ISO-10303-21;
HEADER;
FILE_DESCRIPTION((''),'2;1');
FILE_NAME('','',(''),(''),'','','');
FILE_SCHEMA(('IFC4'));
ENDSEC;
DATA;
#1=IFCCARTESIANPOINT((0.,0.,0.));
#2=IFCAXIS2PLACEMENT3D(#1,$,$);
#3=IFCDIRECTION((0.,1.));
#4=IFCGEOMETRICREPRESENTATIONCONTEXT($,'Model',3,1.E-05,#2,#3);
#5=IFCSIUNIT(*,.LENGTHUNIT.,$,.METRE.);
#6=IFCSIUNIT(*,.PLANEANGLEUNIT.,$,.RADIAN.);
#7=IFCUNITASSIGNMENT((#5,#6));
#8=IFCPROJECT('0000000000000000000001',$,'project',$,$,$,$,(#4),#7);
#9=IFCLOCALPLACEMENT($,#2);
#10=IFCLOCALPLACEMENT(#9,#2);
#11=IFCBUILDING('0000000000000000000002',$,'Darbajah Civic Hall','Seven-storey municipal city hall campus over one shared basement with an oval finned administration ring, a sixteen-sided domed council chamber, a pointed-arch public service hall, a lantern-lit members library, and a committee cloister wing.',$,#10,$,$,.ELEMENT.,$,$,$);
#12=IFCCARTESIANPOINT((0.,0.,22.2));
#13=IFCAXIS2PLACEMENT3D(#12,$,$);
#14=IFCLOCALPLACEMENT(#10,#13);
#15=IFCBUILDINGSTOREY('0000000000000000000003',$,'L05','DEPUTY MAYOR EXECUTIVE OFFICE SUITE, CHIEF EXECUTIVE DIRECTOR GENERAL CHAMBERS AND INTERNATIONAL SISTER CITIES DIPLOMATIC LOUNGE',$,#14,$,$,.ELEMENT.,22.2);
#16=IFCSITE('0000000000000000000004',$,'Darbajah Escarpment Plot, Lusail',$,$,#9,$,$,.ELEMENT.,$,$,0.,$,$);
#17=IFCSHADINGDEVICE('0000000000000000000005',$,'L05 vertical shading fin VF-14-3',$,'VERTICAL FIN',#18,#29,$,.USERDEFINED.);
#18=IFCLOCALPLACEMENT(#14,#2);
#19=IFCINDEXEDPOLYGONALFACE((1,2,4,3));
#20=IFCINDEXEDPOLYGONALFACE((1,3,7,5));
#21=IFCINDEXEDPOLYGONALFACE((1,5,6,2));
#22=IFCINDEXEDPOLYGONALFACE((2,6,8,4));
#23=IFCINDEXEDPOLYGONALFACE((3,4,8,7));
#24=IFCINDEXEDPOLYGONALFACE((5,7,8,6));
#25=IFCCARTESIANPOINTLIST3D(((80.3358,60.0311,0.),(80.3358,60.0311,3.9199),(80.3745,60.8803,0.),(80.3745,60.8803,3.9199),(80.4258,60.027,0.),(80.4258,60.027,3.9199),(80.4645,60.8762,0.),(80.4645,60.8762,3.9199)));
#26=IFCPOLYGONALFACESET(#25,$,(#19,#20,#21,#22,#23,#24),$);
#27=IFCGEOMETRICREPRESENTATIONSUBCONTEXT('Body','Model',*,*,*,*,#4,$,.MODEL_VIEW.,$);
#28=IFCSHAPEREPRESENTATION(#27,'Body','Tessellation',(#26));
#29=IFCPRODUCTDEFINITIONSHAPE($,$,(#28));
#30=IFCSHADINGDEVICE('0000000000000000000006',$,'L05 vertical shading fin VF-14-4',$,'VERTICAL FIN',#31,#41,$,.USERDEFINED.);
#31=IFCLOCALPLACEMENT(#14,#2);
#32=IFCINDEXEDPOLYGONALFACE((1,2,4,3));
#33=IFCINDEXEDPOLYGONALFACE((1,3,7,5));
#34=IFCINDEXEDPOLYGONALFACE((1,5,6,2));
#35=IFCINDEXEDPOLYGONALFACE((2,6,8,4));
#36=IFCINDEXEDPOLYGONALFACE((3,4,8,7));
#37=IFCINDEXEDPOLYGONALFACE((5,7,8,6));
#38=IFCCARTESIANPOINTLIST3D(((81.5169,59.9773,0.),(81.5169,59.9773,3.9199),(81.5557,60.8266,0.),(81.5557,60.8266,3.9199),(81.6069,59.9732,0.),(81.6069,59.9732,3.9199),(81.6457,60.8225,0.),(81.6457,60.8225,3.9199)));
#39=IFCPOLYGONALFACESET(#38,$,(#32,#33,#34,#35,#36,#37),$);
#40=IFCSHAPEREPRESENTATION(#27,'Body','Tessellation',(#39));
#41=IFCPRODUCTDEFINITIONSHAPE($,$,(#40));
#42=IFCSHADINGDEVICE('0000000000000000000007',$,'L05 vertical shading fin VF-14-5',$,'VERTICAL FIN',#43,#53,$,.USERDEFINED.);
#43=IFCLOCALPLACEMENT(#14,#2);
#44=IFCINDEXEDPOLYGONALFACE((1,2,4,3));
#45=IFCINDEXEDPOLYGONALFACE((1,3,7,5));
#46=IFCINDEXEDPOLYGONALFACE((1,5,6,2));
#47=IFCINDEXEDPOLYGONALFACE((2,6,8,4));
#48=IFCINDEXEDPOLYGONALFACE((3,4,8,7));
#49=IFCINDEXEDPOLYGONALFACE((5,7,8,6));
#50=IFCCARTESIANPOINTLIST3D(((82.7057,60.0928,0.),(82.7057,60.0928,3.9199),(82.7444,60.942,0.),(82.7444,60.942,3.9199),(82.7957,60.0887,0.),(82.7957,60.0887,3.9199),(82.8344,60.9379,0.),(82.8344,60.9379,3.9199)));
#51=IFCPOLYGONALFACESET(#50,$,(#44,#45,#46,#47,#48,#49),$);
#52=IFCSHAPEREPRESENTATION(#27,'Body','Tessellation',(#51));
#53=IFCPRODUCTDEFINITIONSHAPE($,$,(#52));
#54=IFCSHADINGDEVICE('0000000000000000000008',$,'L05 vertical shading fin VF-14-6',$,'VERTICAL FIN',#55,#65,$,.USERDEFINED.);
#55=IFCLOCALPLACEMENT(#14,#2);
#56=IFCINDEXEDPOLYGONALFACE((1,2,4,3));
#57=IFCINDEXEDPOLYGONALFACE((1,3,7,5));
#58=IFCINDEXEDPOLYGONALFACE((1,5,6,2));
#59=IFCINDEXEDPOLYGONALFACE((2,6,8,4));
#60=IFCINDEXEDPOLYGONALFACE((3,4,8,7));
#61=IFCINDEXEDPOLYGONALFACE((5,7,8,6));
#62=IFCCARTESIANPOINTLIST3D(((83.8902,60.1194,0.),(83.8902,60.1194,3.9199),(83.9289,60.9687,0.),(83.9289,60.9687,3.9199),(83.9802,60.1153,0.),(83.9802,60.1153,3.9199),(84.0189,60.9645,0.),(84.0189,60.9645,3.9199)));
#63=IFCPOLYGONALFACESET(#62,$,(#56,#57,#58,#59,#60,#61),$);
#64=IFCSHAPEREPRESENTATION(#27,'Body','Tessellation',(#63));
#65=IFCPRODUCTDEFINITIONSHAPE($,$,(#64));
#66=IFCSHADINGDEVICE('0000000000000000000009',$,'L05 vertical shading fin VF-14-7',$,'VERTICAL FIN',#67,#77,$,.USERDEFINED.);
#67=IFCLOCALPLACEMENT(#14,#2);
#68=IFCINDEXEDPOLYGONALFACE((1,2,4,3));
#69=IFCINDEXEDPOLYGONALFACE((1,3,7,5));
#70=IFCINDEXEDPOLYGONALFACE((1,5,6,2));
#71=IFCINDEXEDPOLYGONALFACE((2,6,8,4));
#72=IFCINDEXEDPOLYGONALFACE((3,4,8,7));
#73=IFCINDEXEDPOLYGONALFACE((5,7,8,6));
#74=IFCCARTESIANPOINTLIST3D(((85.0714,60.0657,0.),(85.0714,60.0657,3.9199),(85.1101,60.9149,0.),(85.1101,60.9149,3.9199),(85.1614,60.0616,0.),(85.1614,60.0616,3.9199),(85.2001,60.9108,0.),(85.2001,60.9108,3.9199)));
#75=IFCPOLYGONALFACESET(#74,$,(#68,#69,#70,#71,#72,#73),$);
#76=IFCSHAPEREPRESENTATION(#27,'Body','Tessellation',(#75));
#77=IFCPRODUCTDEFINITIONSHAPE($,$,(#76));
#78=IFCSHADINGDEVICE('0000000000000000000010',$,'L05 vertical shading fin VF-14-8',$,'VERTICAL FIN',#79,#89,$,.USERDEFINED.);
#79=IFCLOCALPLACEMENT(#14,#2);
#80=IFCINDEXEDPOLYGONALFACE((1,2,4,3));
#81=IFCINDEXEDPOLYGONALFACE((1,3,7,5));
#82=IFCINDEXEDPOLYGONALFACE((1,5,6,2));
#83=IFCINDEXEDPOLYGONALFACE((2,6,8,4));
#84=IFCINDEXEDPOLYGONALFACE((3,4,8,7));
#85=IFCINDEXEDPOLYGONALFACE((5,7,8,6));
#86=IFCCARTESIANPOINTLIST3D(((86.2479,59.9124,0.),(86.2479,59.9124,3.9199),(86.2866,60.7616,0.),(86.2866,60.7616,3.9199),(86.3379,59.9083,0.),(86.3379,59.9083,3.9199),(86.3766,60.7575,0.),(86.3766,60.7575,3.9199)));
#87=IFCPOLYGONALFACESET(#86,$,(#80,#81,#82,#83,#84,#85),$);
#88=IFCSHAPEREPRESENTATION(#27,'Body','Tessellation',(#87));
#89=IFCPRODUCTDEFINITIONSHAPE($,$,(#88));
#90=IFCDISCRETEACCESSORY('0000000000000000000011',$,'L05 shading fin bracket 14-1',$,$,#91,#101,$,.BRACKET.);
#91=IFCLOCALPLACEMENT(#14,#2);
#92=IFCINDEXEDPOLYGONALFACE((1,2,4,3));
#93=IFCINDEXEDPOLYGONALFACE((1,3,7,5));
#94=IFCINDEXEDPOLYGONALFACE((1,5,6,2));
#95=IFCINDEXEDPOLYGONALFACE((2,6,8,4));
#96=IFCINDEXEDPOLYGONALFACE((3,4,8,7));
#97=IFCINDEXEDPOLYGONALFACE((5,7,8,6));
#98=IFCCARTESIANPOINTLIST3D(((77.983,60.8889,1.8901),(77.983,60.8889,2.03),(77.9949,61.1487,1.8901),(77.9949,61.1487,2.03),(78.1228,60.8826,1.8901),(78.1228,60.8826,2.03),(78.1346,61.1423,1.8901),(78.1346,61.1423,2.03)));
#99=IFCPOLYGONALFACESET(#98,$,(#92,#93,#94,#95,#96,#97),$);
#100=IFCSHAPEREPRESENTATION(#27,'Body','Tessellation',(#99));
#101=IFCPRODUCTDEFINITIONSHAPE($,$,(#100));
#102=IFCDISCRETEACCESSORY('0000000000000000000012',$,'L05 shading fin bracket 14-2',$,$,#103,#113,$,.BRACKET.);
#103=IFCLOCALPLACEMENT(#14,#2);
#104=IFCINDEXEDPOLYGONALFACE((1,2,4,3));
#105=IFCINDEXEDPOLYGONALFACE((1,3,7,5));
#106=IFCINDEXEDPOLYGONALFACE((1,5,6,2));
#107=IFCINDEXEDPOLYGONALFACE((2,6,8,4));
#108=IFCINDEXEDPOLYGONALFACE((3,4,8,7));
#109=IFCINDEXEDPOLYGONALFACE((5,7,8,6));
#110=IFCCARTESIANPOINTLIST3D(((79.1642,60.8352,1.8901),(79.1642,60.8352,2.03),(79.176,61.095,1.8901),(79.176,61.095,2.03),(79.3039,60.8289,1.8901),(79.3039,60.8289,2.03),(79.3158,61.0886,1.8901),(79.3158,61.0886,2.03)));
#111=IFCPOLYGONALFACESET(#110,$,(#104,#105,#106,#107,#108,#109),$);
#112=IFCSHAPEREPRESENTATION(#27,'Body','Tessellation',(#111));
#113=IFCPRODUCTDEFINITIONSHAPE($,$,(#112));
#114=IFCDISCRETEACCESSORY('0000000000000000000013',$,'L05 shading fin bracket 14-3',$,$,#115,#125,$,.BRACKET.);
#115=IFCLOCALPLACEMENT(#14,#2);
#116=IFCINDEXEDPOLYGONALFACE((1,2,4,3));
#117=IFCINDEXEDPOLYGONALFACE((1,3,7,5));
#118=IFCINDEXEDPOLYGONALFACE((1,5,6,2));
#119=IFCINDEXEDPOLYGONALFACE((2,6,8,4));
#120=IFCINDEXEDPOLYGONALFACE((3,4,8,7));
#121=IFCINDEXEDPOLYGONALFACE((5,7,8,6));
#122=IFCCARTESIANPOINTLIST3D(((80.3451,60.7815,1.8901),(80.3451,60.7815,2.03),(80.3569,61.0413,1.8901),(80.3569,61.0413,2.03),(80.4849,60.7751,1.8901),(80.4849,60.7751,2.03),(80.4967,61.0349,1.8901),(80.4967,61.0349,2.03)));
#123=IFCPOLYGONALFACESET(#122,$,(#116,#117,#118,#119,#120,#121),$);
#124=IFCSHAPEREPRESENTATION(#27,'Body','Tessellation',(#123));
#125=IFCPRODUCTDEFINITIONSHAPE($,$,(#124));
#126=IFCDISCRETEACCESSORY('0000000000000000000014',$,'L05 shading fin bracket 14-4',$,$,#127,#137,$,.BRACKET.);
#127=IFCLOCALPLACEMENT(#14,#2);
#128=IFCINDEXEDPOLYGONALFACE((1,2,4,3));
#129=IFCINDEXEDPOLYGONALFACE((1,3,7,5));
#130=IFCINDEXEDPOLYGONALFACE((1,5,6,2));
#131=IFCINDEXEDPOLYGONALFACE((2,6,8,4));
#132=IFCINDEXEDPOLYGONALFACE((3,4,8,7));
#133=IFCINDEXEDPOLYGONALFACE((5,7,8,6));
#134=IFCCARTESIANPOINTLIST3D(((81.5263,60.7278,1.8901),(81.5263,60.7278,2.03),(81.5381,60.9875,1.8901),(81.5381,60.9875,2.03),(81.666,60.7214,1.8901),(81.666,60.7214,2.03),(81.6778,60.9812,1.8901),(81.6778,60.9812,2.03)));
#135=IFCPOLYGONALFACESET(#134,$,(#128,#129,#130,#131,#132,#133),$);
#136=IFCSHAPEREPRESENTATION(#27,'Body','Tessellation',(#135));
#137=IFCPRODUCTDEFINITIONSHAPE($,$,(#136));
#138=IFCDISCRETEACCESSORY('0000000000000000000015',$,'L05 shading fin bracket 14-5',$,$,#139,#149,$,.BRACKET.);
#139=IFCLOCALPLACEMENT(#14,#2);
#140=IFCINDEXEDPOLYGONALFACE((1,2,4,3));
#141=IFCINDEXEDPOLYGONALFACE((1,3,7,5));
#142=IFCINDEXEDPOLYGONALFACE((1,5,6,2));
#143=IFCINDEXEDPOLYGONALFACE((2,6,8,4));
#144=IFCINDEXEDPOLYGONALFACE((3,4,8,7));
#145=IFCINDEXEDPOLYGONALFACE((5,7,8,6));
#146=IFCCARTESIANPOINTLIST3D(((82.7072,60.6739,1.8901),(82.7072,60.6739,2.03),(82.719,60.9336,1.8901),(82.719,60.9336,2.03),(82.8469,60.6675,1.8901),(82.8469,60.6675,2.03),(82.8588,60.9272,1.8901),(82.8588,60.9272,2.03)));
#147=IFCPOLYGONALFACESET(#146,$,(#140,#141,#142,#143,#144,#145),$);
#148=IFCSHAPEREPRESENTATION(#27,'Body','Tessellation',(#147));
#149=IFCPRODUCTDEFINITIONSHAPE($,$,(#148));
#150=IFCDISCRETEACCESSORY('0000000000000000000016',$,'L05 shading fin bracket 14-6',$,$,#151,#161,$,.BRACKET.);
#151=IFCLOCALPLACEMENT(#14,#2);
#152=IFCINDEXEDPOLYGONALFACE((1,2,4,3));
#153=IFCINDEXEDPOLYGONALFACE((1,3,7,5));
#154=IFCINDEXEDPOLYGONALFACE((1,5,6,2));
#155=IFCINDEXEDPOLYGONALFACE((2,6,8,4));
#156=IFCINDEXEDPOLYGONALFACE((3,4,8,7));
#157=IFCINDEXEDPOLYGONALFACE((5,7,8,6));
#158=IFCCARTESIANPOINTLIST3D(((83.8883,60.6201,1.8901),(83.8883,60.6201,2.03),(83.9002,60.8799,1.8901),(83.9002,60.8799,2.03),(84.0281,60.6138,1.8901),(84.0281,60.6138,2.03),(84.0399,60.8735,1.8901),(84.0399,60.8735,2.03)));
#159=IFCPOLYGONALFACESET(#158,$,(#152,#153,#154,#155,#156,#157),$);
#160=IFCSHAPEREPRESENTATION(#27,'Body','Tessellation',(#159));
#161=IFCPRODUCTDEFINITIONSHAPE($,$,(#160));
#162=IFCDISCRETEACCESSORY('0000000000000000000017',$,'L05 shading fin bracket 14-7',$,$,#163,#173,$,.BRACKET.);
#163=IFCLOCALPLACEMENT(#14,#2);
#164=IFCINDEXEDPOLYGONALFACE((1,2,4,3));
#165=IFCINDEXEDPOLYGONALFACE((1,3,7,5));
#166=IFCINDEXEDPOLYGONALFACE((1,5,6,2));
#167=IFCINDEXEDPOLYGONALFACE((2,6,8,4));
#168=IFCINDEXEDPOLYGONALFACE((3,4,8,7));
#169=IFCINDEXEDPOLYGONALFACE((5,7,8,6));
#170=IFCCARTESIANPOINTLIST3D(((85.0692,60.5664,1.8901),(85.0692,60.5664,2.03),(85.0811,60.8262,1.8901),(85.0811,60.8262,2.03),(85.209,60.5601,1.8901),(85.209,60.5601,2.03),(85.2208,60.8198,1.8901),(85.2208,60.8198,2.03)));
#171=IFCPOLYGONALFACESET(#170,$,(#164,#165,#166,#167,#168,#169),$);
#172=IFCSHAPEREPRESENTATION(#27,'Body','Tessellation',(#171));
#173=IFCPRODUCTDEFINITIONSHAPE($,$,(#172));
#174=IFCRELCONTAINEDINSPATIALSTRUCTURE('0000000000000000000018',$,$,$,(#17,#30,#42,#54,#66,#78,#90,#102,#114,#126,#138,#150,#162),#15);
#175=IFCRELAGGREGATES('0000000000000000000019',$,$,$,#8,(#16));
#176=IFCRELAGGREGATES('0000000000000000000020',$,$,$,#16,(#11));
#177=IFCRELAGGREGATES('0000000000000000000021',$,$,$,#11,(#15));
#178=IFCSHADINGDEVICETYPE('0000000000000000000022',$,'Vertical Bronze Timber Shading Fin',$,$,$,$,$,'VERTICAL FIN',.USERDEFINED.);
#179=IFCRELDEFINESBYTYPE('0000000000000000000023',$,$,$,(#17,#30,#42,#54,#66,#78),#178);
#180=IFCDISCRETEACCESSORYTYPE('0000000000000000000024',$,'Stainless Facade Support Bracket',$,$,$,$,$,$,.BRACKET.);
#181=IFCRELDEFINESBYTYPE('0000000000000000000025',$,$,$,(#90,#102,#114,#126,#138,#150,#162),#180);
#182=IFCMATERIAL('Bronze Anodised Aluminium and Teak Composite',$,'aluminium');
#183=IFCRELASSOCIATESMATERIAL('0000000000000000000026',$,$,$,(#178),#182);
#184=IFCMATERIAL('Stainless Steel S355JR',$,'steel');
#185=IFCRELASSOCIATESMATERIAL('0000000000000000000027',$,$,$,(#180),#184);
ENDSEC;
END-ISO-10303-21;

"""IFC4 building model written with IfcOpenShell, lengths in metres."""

from ifc_helpers import new_model, si_unit, direction, frame, origin, origin_2d, place, context, subcontext, project, spatial, rectangle, extrude, material, type_object, element, save


model = new_model("IFC4")

# Units and contexts
model_context = context("Model", 3, precision=1e-05, world=origin(), true_north=direction((0.0, 1.0)))
body_context = subcontext(model_context, "Body", "Model", "MODEL_VIEW")
ifc_project = project(units=[si_unit("LENGTHUNIT", "METRE"), si_unit("PLANEANGLEUNIT", "RADIAN")], contexts=[model_context])

# Site, building, storey
site_placement = place(None, origin())
site = spatial("IfcSite", under=ifc_project, at=site_placement, Name="Darbajah Escarpment Plot, Lusail", CompositionType="ELEMENT", RefElevation=0.0)
building_placement = place(site_placement, origin())
building = spatial("IfcBuilding", under=site, at=building_placement, Name="Darbajah Civic Hall", Description="Seven-storey municipal city hall campus over one shared basement with an oval finned administration ring, a sixteen-sided domed council chamber, a pointed-arch public service hall, a lantern-lit members library, and a committee cloister wing.", CompositionType="ELEMENT")
storey_placement = place(building_placement, frame((0.0, 0.0, 22.2)))
storey = spatial("IfcBuildingStorey", under=building, at=storey_placement, Name="L05", Description="DEPUTY MAYOR EXECUTIVE OFFICE SUITE, CHIEF EXECUTIVE DIRECTOR GENERAL CHAMBERS AND INTERNATIONAL SISTER CITIES DIPLOMATIC LOUNGE", CompositionType="ELEMENT", Elevation=22.2)

# Shading devices
ifc_material_1 = material(Name="Bronze Anodised Aluminium and Teak Composite", Category="aluminium")
shading_device_type = type_object("IfcShadingDeviceType", Name="Vertical Bronze Timber Shading Fin", ElementType="VERTICAL FIN", PredefinedType="USERDEFINED", material=ifc_material_1)
for number, where, z_axis, x_axis, name in (
    (1, (80.4001, 60.4536, 0.0), (0.0, 0.0, 1.0), (-0.045537, -0.998963, 0.0), "L05 vertical shading fin VF-14-3"),
    (2, (81.5813, 60.3999, 0.0), (0.0, 0.0, 1.0), (-0.045537, -0.998963, 0.0), "L05 vertical shading fin VF-14-4"),
    (3, (82.77, 60.5154, 0.0), (0.0, 0.0, 1.0), (-0.045537, -0.998963, 0.0), "L05 vertical shading fin VF-14-5"),
    (4, (83.9546, 60.542, 0.0), (0.0, 0.0, 1.0), (-0.045537, -0.998963, 0.0), "L05 vertical shading fin VF-14-6"),
    (5, (85.1357, 60.4883, 0.0), (0.0, 0.0, 1.0), (-0.045537, -0.998963, 0.0), "L05 vertical shading fin VF-14-7"),
    (6, (86.3123, 60.335, 0.0), (0.0, 0.0, 1.0), (-0.045537, -0.998963, 0.0), "L05 vertical shading fin VF-14-8"),
):
    element("IfcShadingDevice", number, at=place(storey_placement, frame(where, z_axis=z_axis, x_axis=x_axis)), inside=storey, type_object=shading_device_type, Name=name, ObjectType="VERTICAL FIN", PredefinedType="USERDEFINED", context=body_context, shape_type="SweptSolid", body=[
        extrude(rectangle(XDim=0.8501, YDim=0.0901, at=origin_2d()), origin(), (0.0, 0.0, 1.0), 3.9199),
    ])

# Discrete accessories
ifc_material_2 = material(Name="Stainless Steel S355JR", Category="steel")
discrete_accessory_type = type_object("IfcDiscreteAccessoryType", Name="Stainless Facade Support Bracket", PredefinedType="BRACKET", material=ifc_material_2)
for number, where, z_axis, x_axis, name in (
    (7, (78.0588, 61.0156, 1.8901), (0.0, 0.0, 1.0), (-0.045537, -0.998963, 0.0), "L05 shading fin bracket 14-1"),
    (8, (79.24, 60.9619, 1.8901), (0.0, 0.0, 1.0), (-0.045537, -0.998963, 0.0), "L05 shading fin bracket 14-2"),
    (9, (80.4209, 60.9082, 1.8901), (0.0, 0.0, 1.0), (-0.045537, -0.998963, 0.0), "L05 shading fin bracket 14-3"),
    (10, (81.6021, 60.8545, 1.8901), (0.0, 0.0, 1.0), (-0.045537, -0.998963, 0.0), "L05 shading fin bracket 14-4"),
    (11, (82.783, 60.8005, 1.8901), (0.0, 0.0, 1.0), (-0.045537, -0.998963, 0.0), "L05 shading fin bracket 14-5"),
    (12, (83.9641, 60.7468, 1.8901), (0.0, 0.0, 1.0), (-0.045537, -0.998963, 0.0), "L05 shading fin bracket 14-6"),
    (13, (85.145, 60.6931, 1.8901), (0.0, 0.0, 1.0), (-0.045537, -0.998963, 0.0), "L05 shading fin bracket 14-7"),
):
    element("IfcDiscreteAccessory", number, at=place(storey_placement, frame(where, z_axis=z_axis, x_axis=x_axis)), inside=storey, type_object=discrete_accessory_type, Name=name, PredefinedType="BRACKET", context=body_context, shape_type="SweptSolid", body=[
        extrude(rectangle(XDim=0.26, YDim=0.1399, at=origin_2d()), origin(), (0.0, 0.0, 1.0), 0.1399),
    ])

save(model, "model.ifc")
